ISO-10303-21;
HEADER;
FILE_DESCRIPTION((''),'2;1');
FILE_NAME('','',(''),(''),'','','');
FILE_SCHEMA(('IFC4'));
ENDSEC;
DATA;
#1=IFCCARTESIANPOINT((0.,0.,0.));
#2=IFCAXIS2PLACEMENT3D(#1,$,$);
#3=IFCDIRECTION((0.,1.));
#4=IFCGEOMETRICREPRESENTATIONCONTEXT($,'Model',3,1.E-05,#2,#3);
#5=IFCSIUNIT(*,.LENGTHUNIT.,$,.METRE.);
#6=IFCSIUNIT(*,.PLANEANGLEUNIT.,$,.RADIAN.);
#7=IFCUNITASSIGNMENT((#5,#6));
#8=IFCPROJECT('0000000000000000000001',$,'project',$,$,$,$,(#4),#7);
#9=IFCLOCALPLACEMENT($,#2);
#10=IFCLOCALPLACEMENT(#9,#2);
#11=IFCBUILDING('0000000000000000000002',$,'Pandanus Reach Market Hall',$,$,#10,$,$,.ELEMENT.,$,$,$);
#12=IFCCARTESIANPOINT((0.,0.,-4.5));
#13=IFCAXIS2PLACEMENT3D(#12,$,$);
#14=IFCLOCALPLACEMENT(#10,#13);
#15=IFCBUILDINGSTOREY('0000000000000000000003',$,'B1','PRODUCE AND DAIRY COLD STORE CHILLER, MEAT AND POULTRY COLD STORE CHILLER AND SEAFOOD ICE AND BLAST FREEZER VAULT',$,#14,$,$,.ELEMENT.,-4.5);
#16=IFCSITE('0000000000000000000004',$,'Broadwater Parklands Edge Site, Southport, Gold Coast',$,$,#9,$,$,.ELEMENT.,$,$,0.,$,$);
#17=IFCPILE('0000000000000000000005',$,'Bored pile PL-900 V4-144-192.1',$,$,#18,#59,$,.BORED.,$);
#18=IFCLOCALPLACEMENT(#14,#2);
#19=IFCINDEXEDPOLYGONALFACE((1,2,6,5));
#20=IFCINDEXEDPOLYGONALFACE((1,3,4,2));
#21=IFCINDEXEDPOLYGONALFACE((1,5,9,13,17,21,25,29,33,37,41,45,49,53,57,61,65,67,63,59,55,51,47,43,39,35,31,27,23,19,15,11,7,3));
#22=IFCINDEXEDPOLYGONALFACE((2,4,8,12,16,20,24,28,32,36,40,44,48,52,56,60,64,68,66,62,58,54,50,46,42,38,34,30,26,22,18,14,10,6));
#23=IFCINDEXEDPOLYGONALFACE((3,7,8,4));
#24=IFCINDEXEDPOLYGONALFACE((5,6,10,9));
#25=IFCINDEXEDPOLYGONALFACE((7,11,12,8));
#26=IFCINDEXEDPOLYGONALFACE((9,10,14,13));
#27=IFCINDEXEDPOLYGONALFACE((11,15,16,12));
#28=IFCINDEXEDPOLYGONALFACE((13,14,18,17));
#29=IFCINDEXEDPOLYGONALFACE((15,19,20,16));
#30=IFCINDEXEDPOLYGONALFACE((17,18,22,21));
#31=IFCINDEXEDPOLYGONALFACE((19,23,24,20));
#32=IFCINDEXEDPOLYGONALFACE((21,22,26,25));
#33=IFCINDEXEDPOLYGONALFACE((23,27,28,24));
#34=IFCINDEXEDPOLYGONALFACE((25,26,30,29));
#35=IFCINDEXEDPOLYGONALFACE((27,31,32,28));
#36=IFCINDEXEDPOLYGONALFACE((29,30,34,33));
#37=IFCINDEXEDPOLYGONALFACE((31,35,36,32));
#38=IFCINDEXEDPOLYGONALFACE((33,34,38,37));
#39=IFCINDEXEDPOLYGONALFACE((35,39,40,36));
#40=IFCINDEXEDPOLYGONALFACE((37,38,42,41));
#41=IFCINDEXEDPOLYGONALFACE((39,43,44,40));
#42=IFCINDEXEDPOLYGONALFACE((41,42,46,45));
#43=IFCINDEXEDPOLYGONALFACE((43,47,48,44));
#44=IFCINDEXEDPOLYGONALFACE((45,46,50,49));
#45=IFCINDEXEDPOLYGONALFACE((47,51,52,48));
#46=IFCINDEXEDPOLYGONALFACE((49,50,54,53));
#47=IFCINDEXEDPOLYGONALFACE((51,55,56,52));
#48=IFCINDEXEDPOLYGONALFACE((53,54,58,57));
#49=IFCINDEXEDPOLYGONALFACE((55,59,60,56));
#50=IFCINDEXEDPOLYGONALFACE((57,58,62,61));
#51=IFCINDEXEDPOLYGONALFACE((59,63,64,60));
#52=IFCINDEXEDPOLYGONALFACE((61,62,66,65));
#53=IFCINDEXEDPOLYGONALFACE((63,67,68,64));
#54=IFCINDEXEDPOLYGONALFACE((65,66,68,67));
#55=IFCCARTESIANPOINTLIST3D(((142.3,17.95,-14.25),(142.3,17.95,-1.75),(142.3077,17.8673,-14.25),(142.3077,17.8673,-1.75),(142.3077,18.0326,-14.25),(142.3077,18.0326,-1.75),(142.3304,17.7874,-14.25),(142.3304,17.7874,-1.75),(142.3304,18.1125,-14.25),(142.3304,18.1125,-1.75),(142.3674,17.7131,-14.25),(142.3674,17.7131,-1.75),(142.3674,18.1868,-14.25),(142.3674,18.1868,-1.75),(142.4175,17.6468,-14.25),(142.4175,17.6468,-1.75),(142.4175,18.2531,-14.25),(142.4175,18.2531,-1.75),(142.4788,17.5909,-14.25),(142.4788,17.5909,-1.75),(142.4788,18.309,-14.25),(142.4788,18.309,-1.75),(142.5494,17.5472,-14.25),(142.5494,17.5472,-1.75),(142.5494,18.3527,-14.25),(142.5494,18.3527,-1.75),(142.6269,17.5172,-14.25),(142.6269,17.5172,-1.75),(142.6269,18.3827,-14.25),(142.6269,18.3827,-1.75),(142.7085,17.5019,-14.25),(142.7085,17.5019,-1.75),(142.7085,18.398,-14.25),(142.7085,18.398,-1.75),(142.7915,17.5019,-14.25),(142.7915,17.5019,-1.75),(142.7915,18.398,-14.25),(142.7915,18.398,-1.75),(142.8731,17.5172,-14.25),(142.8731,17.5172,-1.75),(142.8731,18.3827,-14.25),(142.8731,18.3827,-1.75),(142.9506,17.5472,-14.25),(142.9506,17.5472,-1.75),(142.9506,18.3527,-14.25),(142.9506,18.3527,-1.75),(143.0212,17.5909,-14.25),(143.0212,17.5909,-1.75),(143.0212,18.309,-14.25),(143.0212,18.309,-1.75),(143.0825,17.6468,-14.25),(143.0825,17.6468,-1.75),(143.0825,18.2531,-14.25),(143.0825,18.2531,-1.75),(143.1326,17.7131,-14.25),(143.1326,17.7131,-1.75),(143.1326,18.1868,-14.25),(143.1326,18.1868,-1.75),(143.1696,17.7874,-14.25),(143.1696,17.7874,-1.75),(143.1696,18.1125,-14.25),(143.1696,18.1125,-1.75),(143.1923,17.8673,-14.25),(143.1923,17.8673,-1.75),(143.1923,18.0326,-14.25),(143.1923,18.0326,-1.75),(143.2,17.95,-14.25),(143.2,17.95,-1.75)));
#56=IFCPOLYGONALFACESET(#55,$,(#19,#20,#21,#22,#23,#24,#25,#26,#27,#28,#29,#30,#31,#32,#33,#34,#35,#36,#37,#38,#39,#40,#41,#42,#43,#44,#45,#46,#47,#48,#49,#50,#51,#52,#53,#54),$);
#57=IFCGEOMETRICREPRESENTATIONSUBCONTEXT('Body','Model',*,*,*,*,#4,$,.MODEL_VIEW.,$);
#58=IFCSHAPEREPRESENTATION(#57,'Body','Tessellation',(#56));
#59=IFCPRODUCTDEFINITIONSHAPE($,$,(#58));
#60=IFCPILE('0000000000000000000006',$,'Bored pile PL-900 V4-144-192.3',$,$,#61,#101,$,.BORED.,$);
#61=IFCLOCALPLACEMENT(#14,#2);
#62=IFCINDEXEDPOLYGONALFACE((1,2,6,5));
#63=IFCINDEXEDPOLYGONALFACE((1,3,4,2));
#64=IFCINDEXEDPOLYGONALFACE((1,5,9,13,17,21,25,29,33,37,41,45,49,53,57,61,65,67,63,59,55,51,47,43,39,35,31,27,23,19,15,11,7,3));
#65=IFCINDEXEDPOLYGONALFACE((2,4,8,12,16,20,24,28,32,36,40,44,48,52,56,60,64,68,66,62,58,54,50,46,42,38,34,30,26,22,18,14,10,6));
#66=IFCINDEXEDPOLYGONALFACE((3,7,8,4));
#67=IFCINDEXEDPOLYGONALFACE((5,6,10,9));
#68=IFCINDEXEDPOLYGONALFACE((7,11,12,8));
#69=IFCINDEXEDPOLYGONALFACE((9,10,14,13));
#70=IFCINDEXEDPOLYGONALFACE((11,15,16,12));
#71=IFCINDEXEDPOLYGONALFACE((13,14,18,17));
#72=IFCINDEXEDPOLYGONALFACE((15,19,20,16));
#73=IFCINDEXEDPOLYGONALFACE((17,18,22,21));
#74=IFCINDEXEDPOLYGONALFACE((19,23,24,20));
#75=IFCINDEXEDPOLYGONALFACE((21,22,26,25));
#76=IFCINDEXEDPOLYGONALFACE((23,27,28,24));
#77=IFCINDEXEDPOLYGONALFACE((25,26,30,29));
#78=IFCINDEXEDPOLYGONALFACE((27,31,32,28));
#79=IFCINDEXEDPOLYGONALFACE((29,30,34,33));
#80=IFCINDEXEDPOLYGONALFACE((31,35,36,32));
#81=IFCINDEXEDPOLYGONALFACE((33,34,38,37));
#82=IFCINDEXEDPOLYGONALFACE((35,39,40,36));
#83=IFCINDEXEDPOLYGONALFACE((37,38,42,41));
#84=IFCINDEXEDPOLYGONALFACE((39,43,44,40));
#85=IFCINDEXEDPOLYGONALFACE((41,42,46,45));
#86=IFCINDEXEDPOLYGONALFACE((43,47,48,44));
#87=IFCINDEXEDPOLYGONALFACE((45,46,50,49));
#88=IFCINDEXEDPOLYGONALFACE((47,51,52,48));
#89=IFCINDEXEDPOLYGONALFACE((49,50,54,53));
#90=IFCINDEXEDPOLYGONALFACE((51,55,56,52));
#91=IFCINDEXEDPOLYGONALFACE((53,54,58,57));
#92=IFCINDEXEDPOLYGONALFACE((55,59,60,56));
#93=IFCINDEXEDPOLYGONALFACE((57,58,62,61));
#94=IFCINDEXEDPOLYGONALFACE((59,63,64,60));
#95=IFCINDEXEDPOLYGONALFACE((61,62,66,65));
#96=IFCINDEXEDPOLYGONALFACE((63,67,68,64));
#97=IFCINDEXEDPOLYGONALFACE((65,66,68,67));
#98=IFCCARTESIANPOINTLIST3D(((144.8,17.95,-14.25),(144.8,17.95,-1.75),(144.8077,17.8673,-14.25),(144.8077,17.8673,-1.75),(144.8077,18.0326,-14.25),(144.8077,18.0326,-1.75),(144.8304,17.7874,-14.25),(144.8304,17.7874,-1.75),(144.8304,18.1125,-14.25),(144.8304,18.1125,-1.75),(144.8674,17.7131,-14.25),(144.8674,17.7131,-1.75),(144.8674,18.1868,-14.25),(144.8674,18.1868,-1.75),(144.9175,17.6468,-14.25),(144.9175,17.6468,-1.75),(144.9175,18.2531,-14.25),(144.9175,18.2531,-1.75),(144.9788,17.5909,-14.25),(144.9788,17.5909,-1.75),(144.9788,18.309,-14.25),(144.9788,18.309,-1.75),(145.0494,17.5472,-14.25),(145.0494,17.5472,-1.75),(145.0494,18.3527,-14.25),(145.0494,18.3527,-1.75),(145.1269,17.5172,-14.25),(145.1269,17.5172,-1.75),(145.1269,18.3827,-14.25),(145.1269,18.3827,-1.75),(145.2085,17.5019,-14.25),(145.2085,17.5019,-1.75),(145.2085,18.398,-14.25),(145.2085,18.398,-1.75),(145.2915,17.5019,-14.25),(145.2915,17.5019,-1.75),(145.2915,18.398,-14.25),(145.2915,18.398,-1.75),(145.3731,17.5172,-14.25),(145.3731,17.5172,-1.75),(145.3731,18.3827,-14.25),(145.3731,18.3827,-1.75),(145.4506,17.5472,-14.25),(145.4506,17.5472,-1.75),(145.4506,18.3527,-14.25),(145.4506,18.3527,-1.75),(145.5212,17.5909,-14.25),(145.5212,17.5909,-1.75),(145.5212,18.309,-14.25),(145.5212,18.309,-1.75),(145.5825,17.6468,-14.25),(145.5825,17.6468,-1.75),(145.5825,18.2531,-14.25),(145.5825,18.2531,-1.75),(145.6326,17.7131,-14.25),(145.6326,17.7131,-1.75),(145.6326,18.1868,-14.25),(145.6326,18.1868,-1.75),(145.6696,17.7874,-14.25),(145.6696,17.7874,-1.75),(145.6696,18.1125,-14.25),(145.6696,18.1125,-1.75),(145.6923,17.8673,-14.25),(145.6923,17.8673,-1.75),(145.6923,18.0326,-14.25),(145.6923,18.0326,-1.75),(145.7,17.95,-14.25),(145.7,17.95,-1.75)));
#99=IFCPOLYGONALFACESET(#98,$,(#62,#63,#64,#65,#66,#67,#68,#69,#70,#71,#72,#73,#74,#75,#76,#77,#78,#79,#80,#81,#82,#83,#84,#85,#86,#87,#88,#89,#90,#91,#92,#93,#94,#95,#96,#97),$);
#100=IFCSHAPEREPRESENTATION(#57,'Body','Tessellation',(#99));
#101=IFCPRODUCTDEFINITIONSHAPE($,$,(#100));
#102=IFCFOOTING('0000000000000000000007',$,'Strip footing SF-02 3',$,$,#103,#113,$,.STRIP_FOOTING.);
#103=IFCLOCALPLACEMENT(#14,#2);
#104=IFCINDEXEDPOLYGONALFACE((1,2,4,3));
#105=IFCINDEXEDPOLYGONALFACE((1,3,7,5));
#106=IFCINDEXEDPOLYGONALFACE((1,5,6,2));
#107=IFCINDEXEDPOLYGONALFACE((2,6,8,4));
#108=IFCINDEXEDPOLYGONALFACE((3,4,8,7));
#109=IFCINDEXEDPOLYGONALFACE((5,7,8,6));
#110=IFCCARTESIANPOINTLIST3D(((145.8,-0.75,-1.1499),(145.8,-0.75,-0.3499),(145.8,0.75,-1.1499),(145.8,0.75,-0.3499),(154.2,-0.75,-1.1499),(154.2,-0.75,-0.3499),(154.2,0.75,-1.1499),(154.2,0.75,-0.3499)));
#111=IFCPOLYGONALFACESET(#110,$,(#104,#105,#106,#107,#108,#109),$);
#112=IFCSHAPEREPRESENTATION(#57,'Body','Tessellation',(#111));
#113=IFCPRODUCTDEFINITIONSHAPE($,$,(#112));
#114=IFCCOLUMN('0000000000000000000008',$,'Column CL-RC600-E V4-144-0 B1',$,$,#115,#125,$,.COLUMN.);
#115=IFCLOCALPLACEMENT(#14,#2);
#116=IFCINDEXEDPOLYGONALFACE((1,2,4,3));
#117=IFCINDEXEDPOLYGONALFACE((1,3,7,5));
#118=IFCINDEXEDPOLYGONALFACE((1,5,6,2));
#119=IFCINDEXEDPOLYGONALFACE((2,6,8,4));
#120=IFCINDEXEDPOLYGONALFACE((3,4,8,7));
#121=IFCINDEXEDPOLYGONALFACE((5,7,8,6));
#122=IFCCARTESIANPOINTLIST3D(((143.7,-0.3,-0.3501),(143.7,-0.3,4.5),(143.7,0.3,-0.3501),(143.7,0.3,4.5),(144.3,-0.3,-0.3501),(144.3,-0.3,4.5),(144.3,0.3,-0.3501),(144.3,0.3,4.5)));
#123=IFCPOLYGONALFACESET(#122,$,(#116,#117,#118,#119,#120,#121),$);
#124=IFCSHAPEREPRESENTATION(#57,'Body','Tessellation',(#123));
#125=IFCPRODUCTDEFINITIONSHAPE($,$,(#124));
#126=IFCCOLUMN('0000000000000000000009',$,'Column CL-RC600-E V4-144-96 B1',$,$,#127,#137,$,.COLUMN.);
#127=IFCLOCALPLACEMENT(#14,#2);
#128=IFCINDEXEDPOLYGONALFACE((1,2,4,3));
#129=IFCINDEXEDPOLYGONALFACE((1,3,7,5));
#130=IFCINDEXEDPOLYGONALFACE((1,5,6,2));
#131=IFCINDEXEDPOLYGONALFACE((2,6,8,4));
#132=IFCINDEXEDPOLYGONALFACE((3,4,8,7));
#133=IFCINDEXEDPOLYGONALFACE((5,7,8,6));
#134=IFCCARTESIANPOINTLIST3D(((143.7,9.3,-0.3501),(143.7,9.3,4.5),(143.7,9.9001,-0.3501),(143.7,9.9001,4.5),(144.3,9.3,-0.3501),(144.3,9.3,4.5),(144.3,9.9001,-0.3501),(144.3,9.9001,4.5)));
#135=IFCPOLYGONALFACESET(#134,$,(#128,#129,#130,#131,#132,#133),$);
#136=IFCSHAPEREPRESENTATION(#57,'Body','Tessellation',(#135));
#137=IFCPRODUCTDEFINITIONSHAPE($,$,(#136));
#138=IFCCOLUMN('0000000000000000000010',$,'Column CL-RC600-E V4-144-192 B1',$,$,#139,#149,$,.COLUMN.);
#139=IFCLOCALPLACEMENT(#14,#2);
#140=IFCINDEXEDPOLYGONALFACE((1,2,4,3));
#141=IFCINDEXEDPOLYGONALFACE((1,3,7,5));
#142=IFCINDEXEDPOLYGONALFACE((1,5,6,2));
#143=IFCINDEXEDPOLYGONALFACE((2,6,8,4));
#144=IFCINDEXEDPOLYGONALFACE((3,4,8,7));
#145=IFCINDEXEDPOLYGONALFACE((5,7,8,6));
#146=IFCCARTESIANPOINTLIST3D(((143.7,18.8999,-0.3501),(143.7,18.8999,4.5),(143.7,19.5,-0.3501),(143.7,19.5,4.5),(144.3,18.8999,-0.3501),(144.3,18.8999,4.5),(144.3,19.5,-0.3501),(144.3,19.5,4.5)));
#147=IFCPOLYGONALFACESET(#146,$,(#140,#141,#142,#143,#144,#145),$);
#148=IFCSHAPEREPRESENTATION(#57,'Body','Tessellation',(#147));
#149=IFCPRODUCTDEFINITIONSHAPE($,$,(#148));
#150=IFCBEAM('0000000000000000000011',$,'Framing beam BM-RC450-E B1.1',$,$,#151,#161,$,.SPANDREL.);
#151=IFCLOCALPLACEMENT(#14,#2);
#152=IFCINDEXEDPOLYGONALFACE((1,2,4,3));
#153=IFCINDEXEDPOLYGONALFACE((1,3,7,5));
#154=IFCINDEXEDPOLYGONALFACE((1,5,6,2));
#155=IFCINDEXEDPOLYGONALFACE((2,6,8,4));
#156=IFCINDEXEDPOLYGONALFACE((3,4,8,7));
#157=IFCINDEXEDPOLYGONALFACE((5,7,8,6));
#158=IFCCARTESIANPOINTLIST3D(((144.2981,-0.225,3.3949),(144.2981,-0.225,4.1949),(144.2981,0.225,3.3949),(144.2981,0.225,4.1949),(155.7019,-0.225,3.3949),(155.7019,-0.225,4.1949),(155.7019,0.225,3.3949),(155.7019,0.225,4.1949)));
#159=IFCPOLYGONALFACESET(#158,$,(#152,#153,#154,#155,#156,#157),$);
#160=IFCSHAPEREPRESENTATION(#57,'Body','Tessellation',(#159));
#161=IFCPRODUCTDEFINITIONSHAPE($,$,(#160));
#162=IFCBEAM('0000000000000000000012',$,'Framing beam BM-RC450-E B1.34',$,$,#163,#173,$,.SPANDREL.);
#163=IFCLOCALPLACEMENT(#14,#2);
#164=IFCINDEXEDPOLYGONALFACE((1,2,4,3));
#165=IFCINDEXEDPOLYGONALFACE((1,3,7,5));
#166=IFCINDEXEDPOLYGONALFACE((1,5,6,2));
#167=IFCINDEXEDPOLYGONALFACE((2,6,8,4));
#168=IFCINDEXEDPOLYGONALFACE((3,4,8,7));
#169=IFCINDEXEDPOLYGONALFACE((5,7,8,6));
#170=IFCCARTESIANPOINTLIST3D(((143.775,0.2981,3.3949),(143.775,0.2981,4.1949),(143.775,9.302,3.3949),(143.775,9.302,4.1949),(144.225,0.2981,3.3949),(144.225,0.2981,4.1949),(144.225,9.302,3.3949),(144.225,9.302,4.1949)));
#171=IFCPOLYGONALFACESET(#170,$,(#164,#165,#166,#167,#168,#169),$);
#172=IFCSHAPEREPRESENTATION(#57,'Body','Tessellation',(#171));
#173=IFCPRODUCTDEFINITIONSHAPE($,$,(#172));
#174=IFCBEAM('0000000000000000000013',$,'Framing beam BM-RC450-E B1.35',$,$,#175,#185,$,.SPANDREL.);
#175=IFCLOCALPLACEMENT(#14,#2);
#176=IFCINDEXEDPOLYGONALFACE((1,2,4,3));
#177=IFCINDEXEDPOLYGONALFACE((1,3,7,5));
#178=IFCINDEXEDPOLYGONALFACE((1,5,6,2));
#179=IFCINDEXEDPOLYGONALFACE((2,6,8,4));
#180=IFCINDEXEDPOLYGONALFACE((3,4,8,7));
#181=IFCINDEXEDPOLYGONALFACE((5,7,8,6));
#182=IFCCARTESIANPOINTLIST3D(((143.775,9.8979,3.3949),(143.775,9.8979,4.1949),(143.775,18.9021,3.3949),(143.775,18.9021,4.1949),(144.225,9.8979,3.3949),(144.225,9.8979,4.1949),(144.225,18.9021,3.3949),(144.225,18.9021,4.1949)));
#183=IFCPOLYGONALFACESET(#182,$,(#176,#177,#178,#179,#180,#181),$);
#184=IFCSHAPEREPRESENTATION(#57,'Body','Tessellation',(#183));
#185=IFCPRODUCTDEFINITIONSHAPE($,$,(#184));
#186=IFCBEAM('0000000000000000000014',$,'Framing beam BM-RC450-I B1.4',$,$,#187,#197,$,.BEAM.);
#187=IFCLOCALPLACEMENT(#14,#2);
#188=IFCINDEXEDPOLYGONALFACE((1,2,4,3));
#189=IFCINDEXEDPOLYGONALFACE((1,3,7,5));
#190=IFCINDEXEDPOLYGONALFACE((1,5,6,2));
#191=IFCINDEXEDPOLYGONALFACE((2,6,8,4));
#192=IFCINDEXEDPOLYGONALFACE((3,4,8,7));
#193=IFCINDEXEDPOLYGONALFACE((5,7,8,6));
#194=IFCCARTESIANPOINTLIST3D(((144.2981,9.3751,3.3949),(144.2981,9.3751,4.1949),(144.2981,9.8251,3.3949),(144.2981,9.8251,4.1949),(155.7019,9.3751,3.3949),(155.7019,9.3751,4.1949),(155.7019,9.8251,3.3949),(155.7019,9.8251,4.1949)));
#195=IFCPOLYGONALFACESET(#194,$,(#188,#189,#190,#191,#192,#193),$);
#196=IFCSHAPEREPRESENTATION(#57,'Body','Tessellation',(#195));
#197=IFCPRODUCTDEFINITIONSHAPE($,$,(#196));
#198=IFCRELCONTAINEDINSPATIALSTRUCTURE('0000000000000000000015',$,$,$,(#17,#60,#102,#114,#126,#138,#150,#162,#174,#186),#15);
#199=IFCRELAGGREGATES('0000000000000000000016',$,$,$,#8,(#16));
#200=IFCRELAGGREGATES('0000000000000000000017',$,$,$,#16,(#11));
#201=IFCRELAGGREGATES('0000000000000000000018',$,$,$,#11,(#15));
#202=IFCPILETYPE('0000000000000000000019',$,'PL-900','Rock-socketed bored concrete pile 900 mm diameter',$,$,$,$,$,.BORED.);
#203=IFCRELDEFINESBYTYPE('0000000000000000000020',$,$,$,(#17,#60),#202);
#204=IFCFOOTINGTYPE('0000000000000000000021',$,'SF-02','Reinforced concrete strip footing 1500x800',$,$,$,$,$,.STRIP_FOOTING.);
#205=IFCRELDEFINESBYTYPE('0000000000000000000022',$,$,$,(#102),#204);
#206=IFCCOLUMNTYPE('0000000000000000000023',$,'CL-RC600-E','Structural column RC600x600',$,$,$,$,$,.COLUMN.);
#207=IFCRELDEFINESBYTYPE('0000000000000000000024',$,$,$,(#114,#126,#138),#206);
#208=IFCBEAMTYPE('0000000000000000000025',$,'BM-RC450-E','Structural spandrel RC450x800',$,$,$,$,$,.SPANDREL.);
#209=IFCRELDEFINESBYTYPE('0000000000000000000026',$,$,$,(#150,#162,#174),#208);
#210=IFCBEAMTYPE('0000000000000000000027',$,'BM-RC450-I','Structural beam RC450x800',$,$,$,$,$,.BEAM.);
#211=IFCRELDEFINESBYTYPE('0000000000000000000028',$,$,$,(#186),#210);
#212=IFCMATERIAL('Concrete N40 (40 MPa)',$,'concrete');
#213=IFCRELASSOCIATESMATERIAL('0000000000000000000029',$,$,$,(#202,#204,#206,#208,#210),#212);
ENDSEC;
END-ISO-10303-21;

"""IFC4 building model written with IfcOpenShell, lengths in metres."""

from ifc_helpers import new_model, si_unit, direction, frame, origin, origin_2d, place, context, subcontext, project, spatial, rectangle, circle, extrude, material, material_profile, profile_set, type_object, element, save


model = new_model("IFC4")

# Units and contexts
model_context = context("Model", 3, precision=1e-05, world=origin(), true_north=direction((0.0, 1.0)))
body_context = subcontext(model_context, "Body", "Model", "MODEL_VIEW")
ifc_project = project(units=[si_unit("LENGTHUNIT", "METRE"), si_unit("PLANEANGLEUNIT", "RADIAN")], contexts=[model_context])

# Site, building, storey
site_placement = place(None, origin())
site = spatial("IfcSite", under=ifc_project, at=site_placement, Name="Broadwater Parklands Edge Site, Southport, Gold Coast", CompositionType="ELEMENT", RefElevation=0.0)
building_placement = place(site_placement, origin())
building = spatial("IfcBuilding", under=site, at=building_placement, Name="Pandanus Reach Market Hall", CompositionType="ELEMENT")
storey_placement = place(building_placement, frame((0.0, 0.0, -4.5)))
storey = spatial("IfcBuildingStorey", under=building, at=storey_placement, Name="B1", Description="PRODUCE AND DAIRY COLD STORE CHILLER, MEAT AND POULTRY COLD STORE CHILLER AND SEAFOOD ICE AND BLAST FREEZER VAULT", CompositionType="ELEMENT", Elevation=-4.5)

# Shared definitions
ifc_material_1 = material(Name="Concrete N40 (40 MPa)", Category="concrete")

# Piles
ifc_material_profile_1 = material_profile(ifc_material_1, circle(Radius=0.45, at=origin_2d()), Name="PILE-900D", Category="LoadBearing")
ifc_profile_set_1 = profile_set([ifc_material_profile_1], Name="Concrete N40 (40 MPa)")
pile_type_1 = type_object("IfcPileType", Name="PL-900", Description="Rock-socketed bored concrete pile 900 mm diameter", PredefinedType="BORED", material=ifc_profile_set_1)
for number, where, z_axis, x_axis, name in (
    (1, (142.75, 17.95, -1.75), (0.0, 0.0, -1.0), (1.0, 0.0, 0.0), "Bored pile PL-900 V4-144-192.1"),
    (2, (145.25, 17.95, -1.75), (0.0, 0.0, -1.0), (1.0, 0.0, 0.0), "Bored pile PL-900 V4-144-192.3"),
):
    element("IfcPile", number, at=place(storey_placement, frame(where, z_axis=z_axis, x_axis=x_axis)), inside=storey, type_object=pile_type_1, Name=name, PredefinedType="BORED", context=body_context, shape_type="SweptSolid", body=[
        extrude(circle(Radius=0.45, at=origin_2d()), origin(), (0.0, 0.0, 1.0), 12.5),
    ])

# Footing
footing_type_1 = type_object("IfcFootingType", Name="SF-02", Description="Reinforced concrete strip footing 1500x800", PredefinedType="STRIP_FOOTING", material=ifc_material_1)
footing_1_placement = place(storey_placement, frame((150.0, 0.0, -1.1499), z_axis=(0.0, 0.0, 1.0), x_axis=(1.0, 0.0, 0.0)))
element("IfcFooting", 3, at=footing_1_placement, inside=storey, type_object=footing_type_1, Name="Strip footing SF-02 3", PredefinedType="STRIP_FOOTING", context=body_context, shape_type="SweptSolid", body=[
    extrude(rectangle(XDim=8.3999, YDim=1.5, at=origin_2d()), origin(), (0.0, 0.0, 1.0), 0.8),
])

# Columns
ifc_material_profile_2 = material_profile(ifc_material_1, rectangle(XDim=0.6001, YDim=0.6001, at=origin_2d()), Name="RC600x600", Category="LoadBearing")
ifc_profile_set_2 = profile_set([ifc_material_profile_2], Name="Concrete N40 (40 MPa)")
column_type = type_object("IfcColumnType", Name="CL-RC600-E", Description="Structural column RC600x600", PredefinedType="COLUMN", material=ifc_profile_set_2)
for number, where, z_axis, x_axis, name in (
    (4, (144.0, 0.0, -0.3501), (0.0, 0.0, 1.0), (1.0, 0.0, 0.0), "Column CL-RC600-E V4-144-0 B1"),
    (5, (144.0, 9.6001, -0.3501), (0.0, 0.0, 1.0), (1.0, 0.0, 0.0), "Column CL-RC600-E V4-144-96 B1"),
    (6, (144.0, 19.2, -0.3501), (0.0, 0.0, 1.0), (1.0, 0.0, 0.0), "Column CL-RC600-E V4-144-192 B1"),
):
    element("IfcColumn", number, at=place(storey_placement, frame(where, z_axis=z_axis, x_axis=x_axis)), inside=storey, type_object=column_type, Name=name, PredefinedType="COLUMN", context=body_context, shape_type="SweptSolid", body=[
        extrude(rectangle(XDim=0.6001, YDim=0.6001, at=origin_2d()), origin(), (0.0, 0.0, 1.0), 4.8501),
    ])

# Beams
ifc_material_profile_3 = material_profile(ifc_material_1, rectangle(XDim=0.45, YDim=0.8, at=origin_2d()), Name="RC450x800", Category="LoadBearing")
ifc_profile_set_3 = profile_set([ifc_material_profile_3], Name="Concrete N40 (40 MPa)")
beam_type_1 = type_object("IfcBeamType", Name="BM-RC450-E", Description="Structural spandrel RC450x800", PredefinedType="SPANDREL", material=ifc_profile_set_3)
beam_1_placement = place(storey_placement, frame((144.2981, 0.0, 3.7949), z_axis=(1.0, 0.0, 0.0), x_axis=(0.0, 1.0, 0.0)))
element("IfcBeam", 7, at=beam_1_placement, inside=storey, type_object=beam_type_1, Name="Framing beam BM-RC450-E B1.1", PredefinedType="SPANDREL", context=body_context, shape_type="SweptSolid", body=[
    extrude(rectangle(XDim=0.45, YDim=0.8, at=origin_2d()), origin(), (0.0, 0.0, 1.0), 11.4038),
])
beam_2_placement = place(storey_placement, frame((144.0, 0.2981, 3.7949), z_axis=(0.0, 1.0, 0.0), x_axis=(-1.0, 0.0, 0.0)))
element("IfcBeam", 8, at=beam_2_placement, inside=storey, type_object=beam_type_1, Name="Framing beam BM-RC450-E B1.34", PredefinedType="SPANDREL", context=body_context, shape_type="SweptSolid", body=[
    extrude(rectangle(XDim=0.45, YDim=0.8, at=origin_2d()), origin(), (0.0, 0.0, 1.0), 9.0039),
])
beam_3_placement = place(storey_placement, frame((144.0, 9.8979, 3.7949), z_axis=(0.0, 1.0, 0.0), x_axis=(-1.0, 0.0, 0.0)))
element("IfcBeam", 9, at=beam_3_placement, inside=storey, type_object=beam_type_1, Name="Framing beam BM-RC450-E B1.35", PredefinedType="SPANDREL", context=body_context, shape_type="SweptSolid", body=[
    extrude(rectangle(XDim=0.45, YDim=0.8, at=origin_2d()), origin(), (0.0, 0.0, 1.0), 9.0042),
])
ifc_material_profile_4 = material_profile(ifc_material_1, rectangle(XDim=0.45, YDim=0.8, at=origin_2d()), Name="RC450x800", Category="LoadBearing")
ifc_profile_set_4 = profile_set([ifc_material_profile_4], Name="Concrete N40 (40 MPa)")
beam_type_2 = type_object("IfcBeamType", Name="BM-RC450-I", Description="Structural beam RC450x800", PredefinedType="BEAM", material=ifc_profile_set_4)
for number, where, z_axis, x_axis, name in (
    (10, (144.2981, 9.6001, 3.7949), (1.0, 0.0, 0.0), (0.0, 1.0, 0.0), "Framing beam BM-RC450-I B1.4"),
):
    element("IfcBeam", number, at=place(storey_placement, frame(where, z_axis=z_axis, x_axis=x_axis)), inside=storey, type_object=beam_type_2, Name=name, PredefinedType="BEAM", context=body_context, shape_type="SweptSolid", body=[
        extrude(rectangle(XDim=0.45, YDim=0.8, at=origin_2d()), origin(), (0.0, 0.0, 1.0), 11.4038),
    ])

save(model, "model.ifc")
